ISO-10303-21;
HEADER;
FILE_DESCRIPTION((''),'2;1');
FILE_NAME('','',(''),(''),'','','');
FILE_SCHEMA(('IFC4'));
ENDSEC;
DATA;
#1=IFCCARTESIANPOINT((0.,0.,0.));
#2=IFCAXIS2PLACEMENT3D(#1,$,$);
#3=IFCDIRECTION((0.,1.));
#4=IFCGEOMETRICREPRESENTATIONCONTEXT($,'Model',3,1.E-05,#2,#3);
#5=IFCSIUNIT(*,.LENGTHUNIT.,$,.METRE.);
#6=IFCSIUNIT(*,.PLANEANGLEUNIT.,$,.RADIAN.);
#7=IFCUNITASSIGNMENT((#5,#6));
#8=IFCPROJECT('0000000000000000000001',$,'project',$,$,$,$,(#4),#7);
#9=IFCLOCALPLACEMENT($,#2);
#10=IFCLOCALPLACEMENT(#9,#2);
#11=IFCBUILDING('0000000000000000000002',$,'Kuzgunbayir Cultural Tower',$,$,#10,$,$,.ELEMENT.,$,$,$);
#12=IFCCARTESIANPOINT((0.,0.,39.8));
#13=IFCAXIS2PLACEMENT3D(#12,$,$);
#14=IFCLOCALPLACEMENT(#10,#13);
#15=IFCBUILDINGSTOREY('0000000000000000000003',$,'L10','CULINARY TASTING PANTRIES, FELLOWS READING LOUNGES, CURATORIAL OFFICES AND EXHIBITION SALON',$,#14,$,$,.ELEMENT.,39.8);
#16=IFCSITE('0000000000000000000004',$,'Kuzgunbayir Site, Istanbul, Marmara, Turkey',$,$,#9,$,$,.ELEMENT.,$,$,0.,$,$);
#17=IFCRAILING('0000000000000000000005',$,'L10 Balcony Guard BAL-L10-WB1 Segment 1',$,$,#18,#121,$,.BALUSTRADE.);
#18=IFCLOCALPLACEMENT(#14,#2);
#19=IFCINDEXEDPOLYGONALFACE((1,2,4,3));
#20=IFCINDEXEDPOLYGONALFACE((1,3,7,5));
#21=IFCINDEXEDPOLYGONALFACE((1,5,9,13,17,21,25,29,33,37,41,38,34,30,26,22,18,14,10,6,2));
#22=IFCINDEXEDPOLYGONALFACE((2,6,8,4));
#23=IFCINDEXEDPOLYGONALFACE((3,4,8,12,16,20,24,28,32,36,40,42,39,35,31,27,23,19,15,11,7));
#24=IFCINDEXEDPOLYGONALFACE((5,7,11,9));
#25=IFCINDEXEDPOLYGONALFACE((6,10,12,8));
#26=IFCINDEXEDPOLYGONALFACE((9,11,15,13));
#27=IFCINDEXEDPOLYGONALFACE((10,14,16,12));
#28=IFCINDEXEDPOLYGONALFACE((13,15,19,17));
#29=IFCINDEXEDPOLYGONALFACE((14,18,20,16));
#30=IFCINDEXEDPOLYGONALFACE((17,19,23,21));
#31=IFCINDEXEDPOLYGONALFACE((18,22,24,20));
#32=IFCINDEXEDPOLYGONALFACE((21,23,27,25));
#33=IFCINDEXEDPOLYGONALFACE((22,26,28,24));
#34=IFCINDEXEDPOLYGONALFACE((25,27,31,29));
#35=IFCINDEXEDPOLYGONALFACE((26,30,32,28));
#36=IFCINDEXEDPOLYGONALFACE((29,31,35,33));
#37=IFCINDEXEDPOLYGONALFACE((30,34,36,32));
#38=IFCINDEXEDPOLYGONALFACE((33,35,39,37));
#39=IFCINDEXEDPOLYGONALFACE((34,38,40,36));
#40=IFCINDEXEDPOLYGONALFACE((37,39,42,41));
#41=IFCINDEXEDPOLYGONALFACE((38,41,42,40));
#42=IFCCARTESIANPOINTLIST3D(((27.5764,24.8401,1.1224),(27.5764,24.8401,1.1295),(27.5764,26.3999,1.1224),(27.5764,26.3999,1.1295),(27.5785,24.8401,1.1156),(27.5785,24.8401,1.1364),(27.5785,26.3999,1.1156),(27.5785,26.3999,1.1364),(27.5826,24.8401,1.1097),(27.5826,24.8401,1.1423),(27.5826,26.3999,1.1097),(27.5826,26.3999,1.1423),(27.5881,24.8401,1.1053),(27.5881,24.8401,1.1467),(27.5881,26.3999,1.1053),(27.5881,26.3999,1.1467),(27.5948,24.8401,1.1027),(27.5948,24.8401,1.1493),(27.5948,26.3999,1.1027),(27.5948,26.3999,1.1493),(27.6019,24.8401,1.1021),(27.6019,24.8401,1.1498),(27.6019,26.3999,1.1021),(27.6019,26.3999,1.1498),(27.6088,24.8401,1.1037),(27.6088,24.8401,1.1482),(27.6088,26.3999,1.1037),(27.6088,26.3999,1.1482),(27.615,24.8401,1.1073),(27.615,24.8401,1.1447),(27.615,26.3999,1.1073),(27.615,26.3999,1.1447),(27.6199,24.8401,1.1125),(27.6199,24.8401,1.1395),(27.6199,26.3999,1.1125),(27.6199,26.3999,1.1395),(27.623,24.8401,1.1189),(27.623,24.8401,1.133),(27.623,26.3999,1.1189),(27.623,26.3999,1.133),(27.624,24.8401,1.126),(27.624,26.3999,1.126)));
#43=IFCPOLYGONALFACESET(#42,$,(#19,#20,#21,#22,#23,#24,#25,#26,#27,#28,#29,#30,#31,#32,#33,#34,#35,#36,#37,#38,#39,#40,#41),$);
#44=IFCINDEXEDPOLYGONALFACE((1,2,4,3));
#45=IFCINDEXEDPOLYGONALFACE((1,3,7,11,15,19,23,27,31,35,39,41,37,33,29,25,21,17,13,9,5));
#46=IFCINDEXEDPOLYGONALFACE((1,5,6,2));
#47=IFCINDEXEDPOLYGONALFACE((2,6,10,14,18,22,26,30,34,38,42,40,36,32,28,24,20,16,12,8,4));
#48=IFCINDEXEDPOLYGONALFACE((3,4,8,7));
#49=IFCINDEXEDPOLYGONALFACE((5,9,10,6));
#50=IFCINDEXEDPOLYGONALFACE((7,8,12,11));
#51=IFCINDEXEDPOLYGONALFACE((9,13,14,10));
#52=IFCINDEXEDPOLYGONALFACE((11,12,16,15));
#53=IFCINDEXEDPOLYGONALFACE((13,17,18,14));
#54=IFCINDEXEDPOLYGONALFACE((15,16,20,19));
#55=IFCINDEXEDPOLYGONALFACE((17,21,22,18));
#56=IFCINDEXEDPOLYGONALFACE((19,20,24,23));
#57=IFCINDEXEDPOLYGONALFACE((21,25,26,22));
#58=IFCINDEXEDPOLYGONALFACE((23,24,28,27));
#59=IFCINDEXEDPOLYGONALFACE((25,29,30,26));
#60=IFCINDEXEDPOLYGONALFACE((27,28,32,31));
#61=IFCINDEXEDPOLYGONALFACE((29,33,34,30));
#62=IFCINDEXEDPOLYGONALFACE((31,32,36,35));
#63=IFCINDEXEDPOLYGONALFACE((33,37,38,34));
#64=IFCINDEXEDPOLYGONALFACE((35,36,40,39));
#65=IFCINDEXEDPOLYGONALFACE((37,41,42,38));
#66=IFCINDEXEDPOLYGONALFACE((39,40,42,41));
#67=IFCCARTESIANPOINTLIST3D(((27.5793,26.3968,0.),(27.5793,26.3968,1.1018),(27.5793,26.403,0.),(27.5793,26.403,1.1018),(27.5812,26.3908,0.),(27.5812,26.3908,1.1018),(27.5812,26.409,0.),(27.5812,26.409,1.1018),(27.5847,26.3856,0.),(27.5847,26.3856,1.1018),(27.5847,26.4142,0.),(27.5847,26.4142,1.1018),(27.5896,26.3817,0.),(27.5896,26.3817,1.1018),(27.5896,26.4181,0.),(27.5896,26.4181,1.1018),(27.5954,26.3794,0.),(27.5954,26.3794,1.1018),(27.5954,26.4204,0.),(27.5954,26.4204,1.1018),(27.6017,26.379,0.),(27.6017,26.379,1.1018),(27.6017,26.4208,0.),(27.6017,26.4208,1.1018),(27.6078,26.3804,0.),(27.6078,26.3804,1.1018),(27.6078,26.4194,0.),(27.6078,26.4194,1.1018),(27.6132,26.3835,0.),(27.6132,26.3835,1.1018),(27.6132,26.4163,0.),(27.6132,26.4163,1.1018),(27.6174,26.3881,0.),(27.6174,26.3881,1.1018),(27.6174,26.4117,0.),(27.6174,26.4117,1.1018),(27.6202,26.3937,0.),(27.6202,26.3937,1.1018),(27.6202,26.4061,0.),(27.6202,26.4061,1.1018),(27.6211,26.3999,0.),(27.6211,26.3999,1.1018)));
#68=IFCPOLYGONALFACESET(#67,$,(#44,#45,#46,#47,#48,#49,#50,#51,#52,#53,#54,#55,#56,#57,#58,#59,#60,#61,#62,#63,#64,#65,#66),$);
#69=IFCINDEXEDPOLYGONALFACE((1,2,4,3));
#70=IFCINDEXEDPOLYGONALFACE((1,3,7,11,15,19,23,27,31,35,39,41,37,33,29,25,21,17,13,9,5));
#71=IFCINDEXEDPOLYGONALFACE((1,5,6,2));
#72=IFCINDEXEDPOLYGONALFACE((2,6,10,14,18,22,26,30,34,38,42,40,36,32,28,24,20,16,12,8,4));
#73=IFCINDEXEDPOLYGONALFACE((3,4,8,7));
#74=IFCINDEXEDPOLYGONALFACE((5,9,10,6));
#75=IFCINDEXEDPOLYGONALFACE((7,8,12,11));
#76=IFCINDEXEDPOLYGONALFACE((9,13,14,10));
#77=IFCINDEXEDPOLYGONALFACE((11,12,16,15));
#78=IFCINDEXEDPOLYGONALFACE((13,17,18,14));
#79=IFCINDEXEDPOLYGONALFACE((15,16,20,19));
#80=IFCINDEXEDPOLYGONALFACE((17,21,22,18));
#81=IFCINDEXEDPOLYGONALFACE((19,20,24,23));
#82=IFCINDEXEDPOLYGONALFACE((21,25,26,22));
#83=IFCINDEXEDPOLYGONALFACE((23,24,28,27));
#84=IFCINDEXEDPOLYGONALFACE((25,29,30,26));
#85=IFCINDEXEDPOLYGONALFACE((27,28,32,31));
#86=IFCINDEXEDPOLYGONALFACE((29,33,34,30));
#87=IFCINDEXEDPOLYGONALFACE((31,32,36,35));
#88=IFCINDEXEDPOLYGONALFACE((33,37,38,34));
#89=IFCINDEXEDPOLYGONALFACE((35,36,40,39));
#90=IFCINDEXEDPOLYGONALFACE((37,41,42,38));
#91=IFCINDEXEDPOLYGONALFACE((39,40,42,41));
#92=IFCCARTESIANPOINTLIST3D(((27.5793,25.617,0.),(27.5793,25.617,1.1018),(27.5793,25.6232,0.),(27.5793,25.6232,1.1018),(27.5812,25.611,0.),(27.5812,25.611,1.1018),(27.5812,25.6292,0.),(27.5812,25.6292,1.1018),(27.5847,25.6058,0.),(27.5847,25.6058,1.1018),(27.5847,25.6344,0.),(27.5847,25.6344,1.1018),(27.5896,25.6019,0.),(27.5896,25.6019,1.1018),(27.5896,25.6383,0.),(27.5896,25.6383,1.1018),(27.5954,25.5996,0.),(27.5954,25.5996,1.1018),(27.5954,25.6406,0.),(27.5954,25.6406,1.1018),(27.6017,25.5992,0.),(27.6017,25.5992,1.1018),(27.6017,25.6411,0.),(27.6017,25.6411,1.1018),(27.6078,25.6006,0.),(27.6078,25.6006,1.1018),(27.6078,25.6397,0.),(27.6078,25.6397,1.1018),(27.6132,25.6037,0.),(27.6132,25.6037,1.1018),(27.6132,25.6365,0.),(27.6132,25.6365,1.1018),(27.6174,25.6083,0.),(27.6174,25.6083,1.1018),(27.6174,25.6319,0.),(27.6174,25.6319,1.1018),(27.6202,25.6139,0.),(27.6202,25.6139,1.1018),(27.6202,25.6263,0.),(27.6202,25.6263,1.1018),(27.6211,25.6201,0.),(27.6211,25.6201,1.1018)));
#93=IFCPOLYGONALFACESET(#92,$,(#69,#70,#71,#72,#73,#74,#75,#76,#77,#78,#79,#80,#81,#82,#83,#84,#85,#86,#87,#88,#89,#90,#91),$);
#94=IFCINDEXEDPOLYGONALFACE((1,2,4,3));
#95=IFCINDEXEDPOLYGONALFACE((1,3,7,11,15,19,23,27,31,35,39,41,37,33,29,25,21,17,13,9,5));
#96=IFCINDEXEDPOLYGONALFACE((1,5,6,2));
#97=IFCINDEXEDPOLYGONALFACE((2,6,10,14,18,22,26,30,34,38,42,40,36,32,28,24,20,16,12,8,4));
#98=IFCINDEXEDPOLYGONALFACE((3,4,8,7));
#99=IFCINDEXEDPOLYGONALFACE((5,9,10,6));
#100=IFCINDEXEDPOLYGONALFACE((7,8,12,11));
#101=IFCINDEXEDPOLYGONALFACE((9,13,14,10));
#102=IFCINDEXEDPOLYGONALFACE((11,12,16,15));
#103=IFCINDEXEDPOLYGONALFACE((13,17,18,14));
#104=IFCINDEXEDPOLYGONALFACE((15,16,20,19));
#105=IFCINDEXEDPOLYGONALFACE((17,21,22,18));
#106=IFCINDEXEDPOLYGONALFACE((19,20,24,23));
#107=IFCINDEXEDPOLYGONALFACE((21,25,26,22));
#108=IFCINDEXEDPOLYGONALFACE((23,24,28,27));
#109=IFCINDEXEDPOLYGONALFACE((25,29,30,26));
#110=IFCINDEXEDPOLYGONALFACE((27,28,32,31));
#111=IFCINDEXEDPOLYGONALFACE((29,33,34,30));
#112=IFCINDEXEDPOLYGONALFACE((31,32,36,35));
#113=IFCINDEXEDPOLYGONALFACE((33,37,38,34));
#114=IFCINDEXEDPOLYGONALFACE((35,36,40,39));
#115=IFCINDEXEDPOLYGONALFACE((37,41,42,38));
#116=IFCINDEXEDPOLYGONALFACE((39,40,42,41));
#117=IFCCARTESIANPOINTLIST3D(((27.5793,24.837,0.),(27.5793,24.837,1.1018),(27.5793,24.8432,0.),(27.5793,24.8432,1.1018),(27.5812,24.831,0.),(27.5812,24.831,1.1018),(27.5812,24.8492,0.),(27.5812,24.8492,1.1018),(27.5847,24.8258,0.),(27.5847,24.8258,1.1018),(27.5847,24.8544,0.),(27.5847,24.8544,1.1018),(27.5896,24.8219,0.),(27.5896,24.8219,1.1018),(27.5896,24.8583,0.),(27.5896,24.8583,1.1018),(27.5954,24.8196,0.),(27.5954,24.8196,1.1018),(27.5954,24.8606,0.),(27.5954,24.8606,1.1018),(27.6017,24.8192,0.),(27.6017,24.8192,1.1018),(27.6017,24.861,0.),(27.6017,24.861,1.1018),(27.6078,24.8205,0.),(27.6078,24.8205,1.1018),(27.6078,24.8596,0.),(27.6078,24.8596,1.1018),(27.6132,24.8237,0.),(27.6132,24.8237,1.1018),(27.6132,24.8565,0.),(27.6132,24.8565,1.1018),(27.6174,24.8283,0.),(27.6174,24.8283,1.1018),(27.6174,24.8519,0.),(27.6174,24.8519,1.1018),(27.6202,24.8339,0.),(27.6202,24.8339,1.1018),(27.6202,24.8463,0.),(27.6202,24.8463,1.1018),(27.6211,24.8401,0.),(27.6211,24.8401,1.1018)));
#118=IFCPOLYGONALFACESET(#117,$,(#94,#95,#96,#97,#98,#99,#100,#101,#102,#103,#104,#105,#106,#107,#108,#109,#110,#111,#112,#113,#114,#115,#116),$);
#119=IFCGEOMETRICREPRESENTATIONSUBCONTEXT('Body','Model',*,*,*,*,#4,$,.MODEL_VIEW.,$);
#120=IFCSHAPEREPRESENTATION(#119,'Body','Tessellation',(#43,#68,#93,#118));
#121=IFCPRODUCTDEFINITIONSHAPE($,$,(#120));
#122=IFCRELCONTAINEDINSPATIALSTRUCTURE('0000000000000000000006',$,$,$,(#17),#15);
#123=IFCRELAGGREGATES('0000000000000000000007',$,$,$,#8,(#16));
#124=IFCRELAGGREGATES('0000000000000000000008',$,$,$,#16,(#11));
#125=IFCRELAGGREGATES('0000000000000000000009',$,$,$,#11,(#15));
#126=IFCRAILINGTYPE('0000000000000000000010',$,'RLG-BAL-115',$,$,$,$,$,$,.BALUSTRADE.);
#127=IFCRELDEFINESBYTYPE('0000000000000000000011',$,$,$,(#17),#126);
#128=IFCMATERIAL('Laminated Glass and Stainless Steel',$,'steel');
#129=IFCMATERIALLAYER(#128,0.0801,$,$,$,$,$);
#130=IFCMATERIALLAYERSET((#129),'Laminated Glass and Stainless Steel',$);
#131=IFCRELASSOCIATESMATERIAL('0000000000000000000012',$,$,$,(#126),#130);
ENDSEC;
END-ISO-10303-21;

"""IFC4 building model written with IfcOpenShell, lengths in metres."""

from ifc_helpers import new_model, si_unit, direction, frame, origin, origin_2d, place, context, subcontext, project, spatial, circle, extrude, material, layer, layer_set, type_object, element, save


model = new_model("IFC4")

# Units and contexts
model_context = context("Model", 3, precision=1e-05, world=origin(), true_north=direction((0.0, 1.0)))
body_context = subcontext(model_context, "Body", "Model", "MODEL_VIEW")
ifc_project = project(units=[si_unit("LENGTHUNIT", "METRE"), si_unit("PLANEANGLEUNIT", "RADIAN")], contexts=[model_context])

# Site, building, storey
site_placement = place(None, origin())
site = spatial("IfcSite", under=ifc_project, at=site_placement, Name="Kuzgunbayir Site, Istanbul, Marmara, Turkey", CompositionType="ELEMENT", RefElevation=0.0)
building_placement = place(site_placement, origin())
building = spatial("IfcBuilding", under=site, at=building_placement, Name="Kuzgunbayir Cultural Tower", CompositionType="ELEMENT")
storey_placement = place(building_placement, frame((0.0, 0.0, 39.8)))
storey = spatial("IfcBuildingStorey", under=building, at=storey_placement, Name="L10", Description="CULINARY TASTING PANTRIES, FELLOWS READING LOUNGES, CURATORIAL OFFICES AND EXHIBITION SALON", CompositionType="ELEMENT", Elevation=39.8)

# Railing
ifc_material_1 = material(Name="Laminated Glass and Stainless Steel", Category="steel")
ifc_layer_1 = layer(ifc_material_1, 0.0801)
ifc_layer_set_1 = layer_set([ifc_layer_1], Name="Laminated Glass and Stainless Steel")
railing_type = type_object("IfcRailingType", Name="RLG-BAL-115", PredefinedType="BALUSTRADE", material=ifc_layer_set_1)
railing_1_placement = place(storey_placement, frame((27.6001, 26.3999, 0.0)))
element("IfcRailing", 1, at=railing_1_placement, inside=storey, type_object=railing_type, Name="L10 Balcony Guard BAL-L10-WB1 Segment 1", PredefinedType="BALUSTRADE", context=body_context, shape_type="SweptSolid", body=[
    extrude(circle(Radius=0.0239, at=origin_2d()), frame((0.0, 0.0, 1.126), z_axis=(0.0, -1.0, 0.0), x_axis=(1.0, 0.0, 0.0)), (0.0, 0.0, 1.0), 1.5598),
    extrude(circle(Radius=0.021, at=origin_2d()), origin(), (0.0, 0.0, 1.0), 1.1018),
    extrude(circle(Radius=0.021, at=origin_2d()), frame((0.0, -0.7798, 0.0)), (0.0, 0.0, 1.0), 1.1018),
    extrude(circle(Radius=0.021, at=origin_2d()), frame((0.0, -1.5598, 0.0)), (0.0, 0.0, 1.0), 1.1018),
])

save(model, "model.ifc")
